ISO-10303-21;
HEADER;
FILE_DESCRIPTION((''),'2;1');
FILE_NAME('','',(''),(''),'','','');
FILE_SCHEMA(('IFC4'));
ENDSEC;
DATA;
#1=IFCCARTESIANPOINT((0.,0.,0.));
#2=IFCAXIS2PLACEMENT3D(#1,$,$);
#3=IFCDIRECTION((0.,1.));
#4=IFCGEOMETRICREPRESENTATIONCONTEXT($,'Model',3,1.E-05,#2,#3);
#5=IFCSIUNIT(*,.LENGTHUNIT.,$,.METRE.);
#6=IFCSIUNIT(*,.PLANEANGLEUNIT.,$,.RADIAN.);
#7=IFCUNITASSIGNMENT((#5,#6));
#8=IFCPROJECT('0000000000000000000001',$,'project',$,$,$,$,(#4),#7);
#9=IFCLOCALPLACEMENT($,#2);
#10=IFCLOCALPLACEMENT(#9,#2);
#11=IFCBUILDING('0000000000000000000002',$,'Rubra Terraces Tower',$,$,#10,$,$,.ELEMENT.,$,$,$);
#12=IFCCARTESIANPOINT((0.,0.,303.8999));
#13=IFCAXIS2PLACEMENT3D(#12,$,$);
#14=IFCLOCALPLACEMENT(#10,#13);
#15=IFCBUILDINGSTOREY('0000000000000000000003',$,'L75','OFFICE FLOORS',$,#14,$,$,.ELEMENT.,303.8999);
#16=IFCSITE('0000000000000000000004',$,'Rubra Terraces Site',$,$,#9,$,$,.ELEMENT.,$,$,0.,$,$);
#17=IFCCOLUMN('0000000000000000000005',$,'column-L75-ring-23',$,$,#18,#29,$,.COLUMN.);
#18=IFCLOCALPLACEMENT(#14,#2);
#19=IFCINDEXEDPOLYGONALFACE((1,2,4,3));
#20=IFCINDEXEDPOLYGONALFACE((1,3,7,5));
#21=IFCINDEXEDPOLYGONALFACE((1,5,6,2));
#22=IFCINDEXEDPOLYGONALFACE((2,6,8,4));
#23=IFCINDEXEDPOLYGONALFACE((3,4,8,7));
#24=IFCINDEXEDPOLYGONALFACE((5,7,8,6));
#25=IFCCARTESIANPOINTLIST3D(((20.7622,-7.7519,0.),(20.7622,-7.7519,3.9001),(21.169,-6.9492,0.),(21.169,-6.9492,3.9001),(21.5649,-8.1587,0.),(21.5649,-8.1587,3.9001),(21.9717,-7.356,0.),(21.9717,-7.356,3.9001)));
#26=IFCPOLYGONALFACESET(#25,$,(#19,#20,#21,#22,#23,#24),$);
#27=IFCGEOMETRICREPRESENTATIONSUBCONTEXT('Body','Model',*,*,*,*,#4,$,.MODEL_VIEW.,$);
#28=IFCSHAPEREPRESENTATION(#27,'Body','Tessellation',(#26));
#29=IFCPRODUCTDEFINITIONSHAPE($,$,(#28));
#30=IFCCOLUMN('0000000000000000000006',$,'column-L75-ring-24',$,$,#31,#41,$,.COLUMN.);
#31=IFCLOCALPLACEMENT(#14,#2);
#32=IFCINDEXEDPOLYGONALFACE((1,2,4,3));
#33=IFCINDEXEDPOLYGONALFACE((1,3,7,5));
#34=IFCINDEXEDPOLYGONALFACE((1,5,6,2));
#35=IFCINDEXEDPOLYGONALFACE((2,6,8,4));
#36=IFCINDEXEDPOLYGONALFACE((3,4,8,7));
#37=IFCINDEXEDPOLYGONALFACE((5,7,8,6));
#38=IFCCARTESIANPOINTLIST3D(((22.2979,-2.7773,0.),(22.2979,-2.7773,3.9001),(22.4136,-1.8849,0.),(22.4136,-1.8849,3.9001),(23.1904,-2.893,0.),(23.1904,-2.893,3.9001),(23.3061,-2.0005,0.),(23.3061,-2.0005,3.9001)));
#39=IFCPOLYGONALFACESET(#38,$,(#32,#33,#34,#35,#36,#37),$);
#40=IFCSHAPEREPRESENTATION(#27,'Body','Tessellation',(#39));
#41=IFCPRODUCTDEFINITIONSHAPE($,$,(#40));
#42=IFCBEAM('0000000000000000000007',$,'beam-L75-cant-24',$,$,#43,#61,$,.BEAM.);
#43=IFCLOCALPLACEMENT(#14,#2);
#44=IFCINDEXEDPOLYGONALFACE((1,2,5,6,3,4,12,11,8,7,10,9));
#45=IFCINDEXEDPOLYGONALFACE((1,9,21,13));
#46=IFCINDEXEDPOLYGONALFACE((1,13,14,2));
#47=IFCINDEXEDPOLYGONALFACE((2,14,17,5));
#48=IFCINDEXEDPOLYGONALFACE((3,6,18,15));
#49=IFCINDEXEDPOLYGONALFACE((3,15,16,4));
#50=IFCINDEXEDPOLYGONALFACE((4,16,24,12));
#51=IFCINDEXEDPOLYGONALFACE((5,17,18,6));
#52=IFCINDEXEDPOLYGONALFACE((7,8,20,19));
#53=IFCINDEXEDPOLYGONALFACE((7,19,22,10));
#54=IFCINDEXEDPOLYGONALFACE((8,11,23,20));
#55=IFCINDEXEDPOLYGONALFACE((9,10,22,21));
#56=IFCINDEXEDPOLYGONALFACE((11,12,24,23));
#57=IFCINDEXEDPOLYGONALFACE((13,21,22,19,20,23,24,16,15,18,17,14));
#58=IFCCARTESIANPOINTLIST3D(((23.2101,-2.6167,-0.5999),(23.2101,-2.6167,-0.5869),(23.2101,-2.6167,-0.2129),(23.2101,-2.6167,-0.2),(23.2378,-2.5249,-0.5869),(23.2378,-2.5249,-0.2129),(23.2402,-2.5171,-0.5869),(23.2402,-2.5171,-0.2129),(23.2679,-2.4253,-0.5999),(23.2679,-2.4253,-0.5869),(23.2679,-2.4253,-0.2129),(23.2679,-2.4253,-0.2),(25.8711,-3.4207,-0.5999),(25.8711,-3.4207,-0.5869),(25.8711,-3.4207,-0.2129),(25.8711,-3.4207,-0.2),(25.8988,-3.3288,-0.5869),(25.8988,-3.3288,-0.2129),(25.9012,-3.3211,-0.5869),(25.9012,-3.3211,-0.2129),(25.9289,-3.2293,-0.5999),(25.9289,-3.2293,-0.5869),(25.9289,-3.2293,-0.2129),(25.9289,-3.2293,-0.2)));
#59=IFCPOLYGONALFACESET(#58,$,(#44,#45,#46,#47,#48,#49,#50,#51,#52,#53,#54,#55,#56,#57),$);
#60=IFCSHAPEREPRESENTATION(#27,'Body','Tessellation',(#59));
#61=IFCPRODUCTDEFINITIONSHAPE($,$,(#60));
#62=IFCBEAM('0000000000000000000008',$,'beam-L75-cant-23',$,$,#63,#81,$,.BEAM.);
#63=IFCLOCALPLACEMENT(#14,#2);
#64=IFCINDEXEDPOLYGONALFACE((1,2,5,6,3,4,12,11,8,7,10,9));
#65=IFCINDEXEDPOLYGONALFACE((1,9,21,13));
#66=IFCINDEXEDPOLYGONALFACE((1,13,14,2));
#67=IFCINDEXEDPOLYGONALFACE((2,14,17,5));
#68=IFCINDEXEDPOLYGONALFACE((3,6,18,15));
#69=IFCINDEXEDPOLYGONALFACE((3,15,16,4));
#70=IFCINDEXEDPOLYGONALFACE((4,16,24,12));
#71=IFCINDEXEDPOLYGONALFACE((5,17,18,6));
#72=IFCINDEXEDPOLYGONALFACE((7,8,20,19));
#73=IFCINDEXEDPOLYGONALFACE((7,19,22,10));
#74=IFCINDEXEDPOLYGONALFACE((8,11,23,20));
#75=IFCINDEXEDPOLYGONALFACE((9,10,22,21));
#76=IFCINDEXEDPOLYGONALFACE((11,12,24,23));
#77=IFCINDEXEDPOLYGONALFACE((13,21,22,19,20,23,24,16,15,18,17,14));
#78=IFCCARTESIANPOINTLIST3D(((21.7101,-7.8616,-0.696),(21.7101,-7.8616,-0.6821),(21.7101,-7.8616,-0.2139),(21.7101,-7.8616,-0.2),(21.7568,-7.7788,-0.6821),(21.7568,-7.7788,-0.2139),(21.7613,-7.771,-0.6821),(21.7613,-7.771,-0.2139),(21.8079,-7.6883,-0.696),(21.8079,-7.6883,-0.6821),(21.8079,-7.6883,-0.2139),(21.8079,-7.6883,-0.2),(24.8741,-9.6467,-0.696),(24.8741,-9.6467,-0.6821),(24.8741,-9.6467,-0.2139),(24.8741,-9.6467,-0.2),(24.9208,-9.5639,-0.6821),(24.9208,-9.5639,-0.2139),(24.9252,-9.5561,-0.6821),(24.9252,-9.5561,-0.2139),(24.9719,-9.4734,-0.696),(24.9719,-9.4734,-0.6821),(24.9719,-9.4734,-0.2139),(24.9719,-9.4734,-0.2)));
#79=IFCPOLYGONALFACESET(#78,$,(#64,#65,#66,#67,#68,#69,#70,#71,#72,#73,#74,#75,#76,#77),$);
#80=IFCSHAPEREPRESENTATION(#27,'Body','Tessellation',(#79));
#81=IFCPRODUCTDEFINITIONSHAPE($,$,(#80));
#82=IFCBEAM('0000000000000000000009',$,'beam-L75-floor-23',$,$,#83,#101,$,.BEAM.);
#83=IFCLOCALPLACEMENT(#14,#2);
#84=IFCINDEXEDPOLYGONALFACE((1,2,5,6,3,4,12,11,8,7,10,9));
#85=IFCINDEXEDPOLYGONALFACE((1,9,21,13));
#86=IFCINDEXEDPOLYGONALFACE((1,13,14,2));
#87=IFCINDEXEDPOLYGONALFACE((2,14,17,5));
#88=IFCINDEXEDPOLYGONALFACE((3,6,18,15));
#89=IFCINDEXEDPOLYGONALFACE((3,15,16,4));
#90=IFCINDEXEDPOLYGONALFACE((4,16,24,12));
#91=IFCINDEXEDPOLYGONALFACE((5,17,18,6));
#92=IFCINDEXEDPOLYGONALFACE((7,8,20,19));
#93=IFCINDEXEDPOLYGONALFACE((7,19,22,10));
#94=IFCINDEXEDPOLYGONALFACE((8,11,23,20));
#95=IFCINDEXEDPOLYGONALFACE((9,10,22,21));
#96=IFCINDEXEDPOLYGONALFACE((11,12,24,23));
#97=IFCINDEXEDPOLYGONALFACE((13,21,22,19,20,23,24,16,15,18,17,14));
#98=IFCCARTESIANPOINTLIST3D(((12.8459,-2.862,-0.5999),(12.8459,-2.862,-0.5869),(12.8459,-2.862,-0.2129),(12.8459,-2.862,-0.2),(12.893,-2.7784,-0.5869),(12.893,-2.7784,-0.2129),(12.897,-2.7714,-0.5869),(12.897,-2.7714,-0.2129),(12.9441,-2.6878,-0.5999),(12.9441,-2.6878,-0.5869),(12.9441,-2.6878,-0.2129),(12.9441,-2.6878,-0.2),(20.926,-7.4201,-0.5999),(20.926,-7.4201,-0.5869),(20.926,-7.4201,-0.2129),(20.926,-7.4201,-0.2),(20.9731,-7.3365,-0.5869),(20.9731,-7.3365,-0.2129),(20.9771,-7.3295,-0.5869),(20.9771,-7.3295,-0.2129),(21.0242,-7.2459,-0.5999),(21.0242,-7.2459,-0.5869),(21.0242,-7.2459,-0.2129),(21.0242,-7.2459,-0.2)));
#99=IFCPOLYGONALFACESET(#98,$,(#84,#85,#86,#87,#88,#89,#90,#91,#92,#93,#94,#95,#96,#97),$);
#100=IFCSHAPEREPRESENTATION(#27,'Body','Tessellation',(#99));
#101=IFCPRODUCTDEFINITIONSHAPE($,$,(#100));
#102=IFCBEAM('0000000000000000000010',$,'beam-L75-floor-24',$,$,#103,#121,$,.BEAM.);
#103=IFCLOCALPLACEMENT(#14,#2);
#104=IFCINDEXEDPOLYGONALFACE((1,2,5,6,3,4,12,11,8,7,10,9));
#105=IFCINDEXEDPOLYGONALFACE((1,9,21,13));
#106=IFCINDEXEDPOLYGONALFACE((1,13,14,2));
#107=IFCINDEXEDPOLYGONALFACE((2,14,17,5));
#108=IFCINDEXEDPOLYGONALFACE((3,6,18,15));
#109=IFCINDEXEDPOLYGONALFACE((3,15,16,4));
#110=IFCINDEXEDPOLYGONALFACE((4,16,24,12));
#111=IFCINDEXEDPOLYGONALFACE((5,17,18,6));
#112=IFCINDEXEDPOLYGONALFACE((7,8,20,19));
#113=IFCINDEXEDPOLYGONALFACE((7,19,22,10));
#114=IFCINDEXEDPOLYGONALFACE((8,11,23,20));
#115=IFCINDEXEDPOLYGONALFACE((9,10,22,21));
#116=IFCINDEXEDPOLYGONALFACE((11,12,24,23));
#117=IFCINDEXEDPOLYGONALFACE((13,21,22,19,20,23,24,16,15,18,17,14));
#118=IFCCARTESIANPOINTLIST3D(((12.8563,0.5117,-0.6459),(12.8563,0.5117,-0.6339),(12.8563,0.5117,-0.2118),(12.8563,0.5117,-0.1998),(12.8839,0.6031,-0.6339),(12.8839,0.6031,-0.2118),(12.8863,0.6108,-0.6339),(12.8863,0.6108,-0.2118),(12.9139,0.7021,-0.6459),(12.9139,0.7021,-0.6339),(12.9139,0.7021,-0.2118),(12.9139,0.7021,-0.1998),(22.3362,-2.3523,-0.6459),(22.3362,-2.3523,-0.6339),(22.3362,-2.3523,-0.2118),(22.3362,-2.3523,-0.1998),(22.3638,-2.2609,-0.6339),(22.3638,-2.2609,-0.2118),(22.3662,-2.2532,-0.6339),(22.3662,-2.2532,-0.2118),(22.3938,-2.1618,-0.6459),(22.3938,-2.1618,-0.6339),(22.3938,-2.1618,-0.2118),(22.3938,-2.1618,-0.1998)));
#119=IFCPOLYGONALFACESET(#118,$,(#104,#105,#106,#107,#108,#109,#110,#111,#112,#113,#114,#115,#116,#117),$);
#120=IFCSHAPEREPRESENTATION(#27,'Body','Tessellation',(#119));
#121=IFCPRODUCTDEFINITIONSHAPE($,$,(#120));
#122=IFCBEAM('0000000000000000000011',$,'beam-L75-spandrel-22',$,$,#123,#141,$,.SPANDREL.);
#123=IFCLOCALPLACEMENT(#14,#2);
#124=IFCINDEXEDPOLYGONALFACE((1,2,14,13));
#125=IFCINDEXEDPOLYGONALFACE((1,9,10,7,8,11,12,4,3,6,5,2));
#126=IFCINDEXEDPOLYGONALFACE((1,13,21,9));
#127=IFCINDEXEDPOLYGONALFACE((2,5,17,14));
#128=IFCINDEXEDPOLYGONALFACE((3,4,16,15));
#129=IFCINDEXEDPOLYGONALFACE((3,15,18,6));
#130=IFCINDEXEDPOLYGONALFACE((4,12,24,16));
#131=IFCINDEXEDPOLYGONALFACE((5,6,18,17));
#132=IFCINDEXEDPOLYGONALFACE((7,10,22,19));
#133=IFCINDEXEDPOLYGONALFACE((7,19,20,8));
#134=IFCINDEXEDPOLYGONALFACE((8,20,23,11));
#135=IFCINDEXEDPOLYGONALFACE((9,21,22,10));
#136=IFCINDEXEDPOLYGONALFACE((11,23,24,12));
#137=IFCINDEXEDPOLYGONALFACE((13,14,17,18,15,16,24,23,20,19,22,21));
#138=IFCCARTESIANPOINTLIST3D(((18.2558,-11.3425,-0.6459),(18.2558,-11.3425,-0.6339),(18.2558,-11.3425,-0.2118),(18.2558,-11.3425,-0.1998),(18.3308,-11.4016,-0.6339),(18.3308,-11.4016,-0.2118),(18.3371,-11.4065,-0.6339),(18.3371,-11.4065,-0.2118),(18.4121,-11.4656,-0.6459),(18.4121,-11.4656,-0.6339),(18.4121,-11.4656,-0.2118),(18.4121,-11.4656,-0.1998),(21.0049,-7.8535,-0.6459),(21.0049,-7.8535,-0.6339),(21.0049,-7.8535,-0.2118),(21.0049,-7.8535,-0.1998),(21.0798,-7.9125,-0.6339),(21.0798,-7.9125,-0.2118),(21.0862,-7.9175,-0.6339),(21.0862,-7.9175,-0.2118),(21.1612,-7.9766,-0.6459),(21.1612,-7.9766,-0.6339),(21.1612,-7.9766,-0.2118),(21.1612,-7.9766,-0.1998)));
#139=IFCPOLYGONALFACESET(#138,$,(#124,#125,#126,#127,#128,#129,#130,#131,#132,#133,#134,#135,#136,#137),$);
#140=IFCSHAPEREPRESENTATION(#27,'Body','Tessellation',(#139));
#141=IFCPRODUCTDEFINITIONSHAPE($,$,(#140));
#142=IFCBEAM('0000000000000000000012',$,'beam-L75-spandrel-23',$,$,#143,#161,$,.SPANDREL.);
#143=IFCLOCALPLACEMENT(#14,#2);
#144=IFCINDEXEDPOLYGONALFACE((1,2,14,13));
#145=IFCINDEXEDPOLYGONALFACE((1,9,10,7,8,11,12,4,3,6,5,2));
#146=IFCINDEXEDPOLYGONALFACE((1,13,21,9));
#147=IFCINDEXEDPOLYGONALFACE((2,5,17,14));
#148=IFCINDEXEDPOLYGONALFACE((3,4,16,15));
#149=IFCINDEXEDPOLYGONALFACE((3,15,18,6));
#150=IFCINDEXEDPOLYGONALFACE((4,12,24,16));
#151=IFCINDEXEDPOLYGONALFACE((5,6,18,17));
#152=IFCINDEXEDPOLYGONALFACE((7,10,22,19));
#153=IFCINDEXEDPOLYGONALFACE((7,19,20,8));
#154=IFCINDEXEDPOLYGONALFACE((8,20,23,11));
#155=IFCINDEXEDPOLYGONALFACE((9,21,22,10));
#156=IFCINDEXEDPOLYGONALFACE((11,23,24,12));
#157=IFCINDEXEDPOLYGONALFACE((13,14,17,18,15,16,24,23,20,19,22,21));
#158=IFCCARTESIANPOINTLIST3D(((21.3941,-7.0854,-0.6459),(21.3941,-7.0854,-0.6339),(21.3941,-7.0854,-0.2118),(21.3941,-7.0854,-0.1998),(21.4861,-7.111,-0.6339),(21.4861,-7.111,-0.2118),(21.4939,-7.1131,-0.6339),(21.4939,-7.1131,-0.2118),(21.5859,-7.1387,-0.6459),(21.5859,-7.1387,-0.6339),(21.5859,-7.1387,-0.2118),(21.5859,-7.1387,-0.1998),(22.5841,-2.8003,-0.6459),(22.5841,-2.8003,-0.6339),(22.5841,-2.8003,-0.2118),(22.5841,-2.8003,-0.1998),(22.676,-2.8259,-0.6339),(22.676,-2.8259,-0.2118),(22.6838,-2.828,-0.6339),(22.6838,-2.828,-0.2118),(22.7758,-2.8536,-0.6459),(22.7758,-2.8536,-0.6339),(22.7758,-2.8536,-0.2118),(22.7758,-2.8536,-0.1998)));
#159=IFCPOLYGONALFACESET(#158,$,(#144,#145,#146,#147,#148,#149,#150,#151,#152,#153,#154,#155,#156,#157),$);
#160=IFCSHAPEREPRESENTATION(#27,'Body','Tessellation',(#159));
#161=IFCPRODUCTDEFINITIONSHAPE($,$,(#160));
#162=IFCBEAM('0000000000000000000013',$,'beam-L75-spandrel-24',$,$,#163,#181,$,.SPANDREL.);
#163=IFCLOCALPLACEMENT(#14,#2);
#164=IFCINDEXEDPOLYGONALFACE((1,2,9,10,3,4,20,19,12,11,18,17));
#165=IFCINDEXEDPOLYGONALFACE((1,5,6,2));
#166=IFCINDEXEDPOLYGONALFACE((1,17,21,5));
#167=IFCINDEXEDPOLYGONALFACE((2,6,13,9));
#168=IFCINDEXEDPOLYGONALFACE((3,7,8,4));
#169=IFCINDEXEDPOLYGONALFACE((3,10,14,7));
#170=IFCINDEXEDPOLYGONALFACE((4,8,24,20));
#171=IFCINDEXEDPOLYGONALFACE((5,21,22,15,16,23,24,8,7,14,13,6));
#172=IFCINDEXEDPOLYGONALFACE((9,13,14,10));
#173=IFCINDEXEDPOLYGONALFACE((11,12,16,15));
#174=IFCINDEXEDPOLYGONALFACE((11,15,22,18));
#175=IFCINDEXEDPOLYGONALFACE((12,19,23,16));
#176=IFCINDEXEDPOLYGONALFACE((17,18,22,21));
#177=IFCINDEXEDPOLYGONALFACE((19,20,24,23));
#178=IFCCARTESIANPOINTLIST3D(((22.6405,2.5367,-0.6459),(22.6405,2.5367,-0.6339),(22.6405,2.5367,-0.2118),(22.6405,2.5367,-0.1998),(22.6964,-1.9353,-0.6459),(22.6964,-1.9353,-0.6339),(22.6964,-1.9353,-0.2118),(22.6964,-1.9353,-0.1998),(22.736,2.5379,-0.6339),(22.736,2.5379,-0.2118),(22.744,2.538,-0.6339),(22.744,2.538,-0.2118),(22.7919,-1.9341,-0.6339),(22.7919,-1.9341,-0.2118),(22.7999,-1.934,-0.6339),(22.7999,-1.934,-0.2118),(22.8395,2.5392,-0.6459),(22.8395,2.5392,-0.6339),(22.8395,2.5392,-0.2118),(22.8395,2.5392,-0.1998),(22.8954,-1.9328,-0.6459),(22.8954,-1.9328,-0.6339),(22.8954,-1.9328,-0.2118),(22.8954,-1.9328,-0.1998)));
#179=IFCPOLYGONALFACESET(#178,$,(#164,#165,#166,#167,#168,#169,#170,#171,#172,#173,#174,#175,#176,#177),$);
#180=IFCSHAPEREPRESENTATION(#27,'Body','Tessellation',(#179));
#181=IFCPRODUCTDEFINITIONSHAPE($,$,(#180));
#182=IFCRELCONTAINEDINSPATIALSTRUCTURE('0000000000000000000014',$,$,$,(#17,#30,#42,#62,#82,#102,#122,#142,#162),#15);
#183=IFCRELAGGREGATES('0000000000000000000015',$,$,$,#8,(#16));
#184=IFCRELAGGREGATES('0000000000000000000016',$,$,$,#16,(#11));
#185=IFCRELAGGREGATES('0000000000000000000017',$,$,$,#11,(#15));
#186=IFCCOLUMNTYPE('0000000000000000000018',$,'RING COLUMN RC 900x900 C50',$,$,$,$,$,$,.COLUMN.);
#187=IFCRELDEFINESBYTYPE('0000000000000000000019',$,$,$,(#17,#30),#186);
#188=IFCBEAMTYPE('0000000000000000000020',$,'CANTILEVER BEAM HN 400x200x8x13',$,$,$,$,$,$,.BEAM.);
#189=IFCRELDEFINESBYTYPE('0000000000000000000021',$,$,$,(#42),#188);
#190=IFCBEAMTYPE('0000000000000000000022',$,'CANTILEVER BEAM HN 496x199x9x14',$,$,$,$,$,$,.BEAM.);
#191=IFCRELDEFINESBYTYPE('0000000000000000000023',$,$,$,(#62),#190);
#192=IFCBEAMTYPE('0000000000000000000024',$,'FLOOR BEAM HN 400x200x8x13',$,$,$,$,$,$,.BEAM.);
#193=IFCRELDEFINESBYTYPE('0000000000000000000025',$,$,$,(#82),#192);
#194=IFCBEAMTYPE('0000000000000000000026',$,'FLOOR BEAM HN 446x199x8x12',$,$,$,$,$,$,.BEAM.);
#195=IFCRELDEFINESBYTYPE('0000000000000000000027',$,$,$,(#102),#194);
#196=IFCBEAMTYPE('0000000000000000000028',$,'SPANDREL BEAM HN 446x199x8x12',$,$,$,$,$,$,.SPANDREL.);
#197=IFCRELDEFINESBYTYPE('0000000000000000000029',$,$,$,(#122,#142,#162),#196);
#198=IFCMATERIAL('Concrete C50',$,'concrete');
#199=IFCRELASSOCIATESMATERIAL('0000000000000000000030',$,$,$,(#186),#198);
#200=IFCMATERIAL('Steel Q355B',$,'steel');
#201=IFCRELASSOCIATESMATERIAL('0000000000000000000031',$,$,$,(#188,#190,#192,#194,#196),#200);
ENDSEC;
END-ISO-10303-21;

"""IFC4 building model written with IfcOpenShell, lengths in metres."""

from ifc_helpers import new_model, si_unit, direction, frame, origin, origin_2d, place, context, subcontext, project, spatial, rectangle, i_section, extrude, material, material_profile, profile_set, type_object, element, save


model = new_model("IFC4")

# Units and contexts
model_context = context("Model", 3, precision=1e-05, world=origin(), true_north=direction((0.0, 1.0)))
body_context = subcontext(model_context, "Body", "Model", "MODEL_VIEW")
ifc_project = project(units=[si_unit("LENGTHUNIT", "METRE"), si_unit("PLANEANGLEUNIT", "RADIAN")], contexts=[model_context])

# Site, building, storey
site_placement = place(None, origin())
site = spatial("IfcSite", under=ifc_project, at=site_placement, Name="Rubra Terraces Site", CompositionType="ELEMENT", RefElevation=0.0)
building_placement = place(site_placement, origin())
building = spatial("IfcBuilding", under=site, at=building_placement, Name="Rubra Terraces Tower", CompositionType="ELEMENT")
storey_placement = place(building_placement, frame((0.0, 0.0, 303.8999)))
storey = spatial("IfcBuildingStorey", under=building, at=storey_placement, Name="L75", Description="OFFICE FLOORS", CompositionType="ELEMENT", Elevation=303.8999)

# Columns
ifc_material_1 = material(Name="Concrete C50", Category="concrete")
ifc_material_profile_1 = material_profile(ifc_material_1, rectangle(XDim=0.8999, YDim=0.8999, at=origin_2d()), Name="RC 900x900")
ifc_profile_set_1 = profile_set([ifc_material_profile_1], Name="Concrete C50")
column_type = type_object("IfcColumnType", Name="RING COLUMN RC 900x900 C50", PredefinedType="COLUMN", material=ifc_profile_set_1)
for number, where, z_axis, x_axis, name in (
    (1, (21.3669, -7.554, 0.0), (0.0, 0.0, 1.0), (0.452079, 0.891978, 0.0), "column-L75-ring-23"),
    (2, (22.802, -2.3889, 0.0), (0.0, 0.0, 1.0), (0.128535, 0.991705, 0.0), "column-L75-ring-24"),
):
    element("IfcColumn", number, at=place(storey_placement, frame(where, z_axis=z_axis, x_axis=x_axis)), inside=storey, type_object=column_type, Name=name, PredefinedType="COLUMN", context=body_context, shape_type="SweptSolid", body=[
        extrude(rectangle(XDim=0.8999, YDim=0.8999, at=origin_2d()), origin(), (0.0, 0.0, 1.0), 3.9001),
    ])

# Beams
ifc_material_2 = material(Name="Steel Q355B", Category="steel")
ifc_material_profile_2 = material_profile(ifc_material_2, i_section(OverallWidth=0.2, OverallDepth=0.3999, WebThickness=0.0081, FlangeThickness=0.0129, at=origin_2d()), Name="HN 400x200x8x13")
ifc_profile_set_2 = profile_set([ifc_material_profile_2], Name="Steel Q355B")
beam_type_1 = type_object("IfcBeamType", Name="CANTILEVER BEAM HN 400x200x8x13", PredefinedType="BEAM", material=ifc_profile_set_2)
beam_1_placement = place(storey_placement, frame((23.239, -2.521, -0.3999), z_axis=(0.957261, -0.289225, 0.0), x_axis=(0.289225, 0.957261, 0.0)))
element("IfcBeam", 3, at=beam_1_placement, inside=storey, type_object=beam_type_1, Name="beam-L75-cant-24", PredefinedType="BEAM", context=body_context, shape_type="SweptSolid", body=[
    extrude(i_section(OverallWidth=0.2, OverallDepth=0.3999, WebThickness=0.0081, FlangeThickness=0.0129, at=origin_2d()), origin(), (0.0, 0.0, 1.0), 2.7798),
])
ifc_material_profile_3 = material_profile(ifc_material_2, i_section(OverallWidth=0.199, OverallDepth=0.4961, WebThickness=0.009, FlangeThickness=0.0139, at=origin_2d()), Name="HN 496x199x9x14")
ifc_profile_set_3 = profile_set([ifc_material_profile_3], Name="Steel Q355B")
beam_type_2 = type_object("IfcBeamType", Name="CANTILEVER BEAM HN 496x199x9x14", PredefinedType="BEAM", material=ifc_profile_set_3)
beam_2_placement = place(storey_placement, frame((21.759, -7.7749, -0.448), z_axis=(0.870943, -0.491384, 0.0), x_axis=(0.491384, 0.870943, 0.0)))
element("IfcBeam", 4, at=beam_2_placement, inside=storey, type_object=beam_type_2, Name="beam-L75-cant-23", PredefinedType="BEAM", context=body_context, shape_type="SweptSolid", body=[
    extrude(i_section(OverallWidth=0.199, OverallDepth=0.4961, WebThickness=0.009, FlangeThickness=0.0139, at=origin_2d()), origin(), (0.0, 0.0, 1.0), 3.6328),
])
ifc_material_profile_4 = material_profile(ifc_material_2, i_section(OverallWidth=0.2, OverallDepth=0.3999, WebThickness=0.0081, FlangeThickness=0.0129, at=origin_2d()), Name="HN 400x200x8x13")
ifc_profile_set_4 = profile_set([ifc_material_profile_4], Name="Steel Q355B")
beam_type_3 = type_object("IfcBeamType", Name="FLOOR BEAM HN 400x200x8x13", PredefinedType="BEAM", material=ifc_profile_set_4)
beam_3_placement = place(storey_placement, frame((20.9751, -7.333, -0.3999), z_axis=(-0.870973, 0.49133, 0.0), x_axis=(-0.49133, -0.870973, 0.0)))
element("IfcBeam", 5, at=beam_3_placement, inside=storey, type_object=beam_type_3, Name="beam-L75-floor-23", PredefinedType="BEAM", context=body_context, shape_type="SweptSolid", body=[
    extrude(i_section(OverallWidth=0.2, OverallDepth=0.3999, WebThickness=0.0081, FlangeThickness=0.0129, at=origin_2d()), origin(), (0.0, 0.0, 1.0), 9.2771),
])
ifc_material_profile_5 = material_profile(ifc_material_2, i_section(OverallWidth=0.199, OverallDepth=0.446, WebThickness=0.0081, FlangeThickness=0.012, at=origin_2d()), Name="HN 446x199x8x12")
ifc_profile_set_5 = profile_set([ifc_material_profile_5], Name="Steel Q355B")
beam_type_4 = type_object("IfcBeamType", Name="FLOOR BEAM HN 446x199x8x12", PredefinedType="BEAM", material=ifc_profile_set_5)
beam_4_placement = place(storey_placement, frame((22.365, -2.2571, -0.4229), z_axis=(-0.957268, 0.289202, 0.0), x_axis=(-0.289202, -0.957268, 0.0)))
element("IfcBeam", 6, at=beam_4_placement, inside=storey, type_object=beam_type_4, Name="beam-L75-floor-24", PredefinedType="BEAM", context=body_context, shape_type="SweptSolid", body=[
    extrude(i_section(OverallWidth=0.199, OverallDepth=0.446, WebThickness=0.0081, FlangeThickness=0.012, at=origin_2d()), origin(), (0.0, 0.0, 1.0), 9.9031),
])
ifc_material_profile_6 = material_profile(ifc_material_2, i_section(OverallWidth=0.199, OverallDepth=0.446, WebThickness=0.0081, FlangeThickness=0.012, at=origin_2d()), Name="HN 446x199x8x12")
ifc_profile_set_6 = profile_set([ifc_material_profile_6], Name="Steel Q355B")
beam_type_5 = type_object("IfcBeamType", Name="SPANDREL BEAM HN 446x199x8x12", PredefinedType="SPANDREL", material=ifc_profile_set_6)
beam_5_placement = place(storey_placement, frame((18.334, -11.4041, -0.4229), z_axis=(0.618887, 0.78548, 0.0), x_axis=(-0.78548, 0.618887, 0.0)))
element("IfcBeam", 7, at=beam_5_placement, inside=storey, type_object=beam_type_5, Name="beam-L75-spandrel-22", PredefinedType="SPANDREL", context=body_context, shape_type="SweptSolid", body=[
    extrude(i_section(OverallWidth=0.199, OverallDepth=0.446, WebThickness=0.0081, FlangeThickness=0.012, at=origin_2d()), origin(), (0.0, 0.0, 1.0), 4.4419),
])
beam_6_placement = place(storey_placement, frame((21.49, -7.1121, -0.4229), z_axis=(0.267565, 0.96354, 0.0), x_axis=(-0.96354, 0.267565, 0.0)))
element("IfcBeam", 8, at=beam_6_placement, inside=storey, type_object=beam_type_5, Name="beam-L75-spandrel-23", PredefinedType="SPANDREL", context=body_context, shape_type="SweptSolid", body=[
    extrude(i_section(OverallWidth=0.199, OverallDepth=0.446, WebThickness=0.0081, FlangeThickness=0.012, at=origin_2d()), origin(), (0.0, 0.0, 1.0), 4.4473),
])
beam_7_placement = place(storey_placement, frame((22.7959, -1.9341, -0.4229), z_axis=(-0.0125, 0.999922, 0.0), x_axis=(-0.999922, -0.0125, 0.0)))
element("IfcBeam", 9, at=beam_7_placement, inside=storey, type_object=beam_type_5, Name="beam-L75-spandrel-24", PredefinedType="SPANDREL", context=body_context, shape_type="SweptSolid", body=[
    extrude(i_section(OverallWidth=0.199, OverallDepth=0.446, WebThickness=0.0081, FlangeThickness=0.012, at=origin_2d()), origin(), (0.0, 0.0, 1.0), 4.4724),
])

save(model, "model.ifc")
